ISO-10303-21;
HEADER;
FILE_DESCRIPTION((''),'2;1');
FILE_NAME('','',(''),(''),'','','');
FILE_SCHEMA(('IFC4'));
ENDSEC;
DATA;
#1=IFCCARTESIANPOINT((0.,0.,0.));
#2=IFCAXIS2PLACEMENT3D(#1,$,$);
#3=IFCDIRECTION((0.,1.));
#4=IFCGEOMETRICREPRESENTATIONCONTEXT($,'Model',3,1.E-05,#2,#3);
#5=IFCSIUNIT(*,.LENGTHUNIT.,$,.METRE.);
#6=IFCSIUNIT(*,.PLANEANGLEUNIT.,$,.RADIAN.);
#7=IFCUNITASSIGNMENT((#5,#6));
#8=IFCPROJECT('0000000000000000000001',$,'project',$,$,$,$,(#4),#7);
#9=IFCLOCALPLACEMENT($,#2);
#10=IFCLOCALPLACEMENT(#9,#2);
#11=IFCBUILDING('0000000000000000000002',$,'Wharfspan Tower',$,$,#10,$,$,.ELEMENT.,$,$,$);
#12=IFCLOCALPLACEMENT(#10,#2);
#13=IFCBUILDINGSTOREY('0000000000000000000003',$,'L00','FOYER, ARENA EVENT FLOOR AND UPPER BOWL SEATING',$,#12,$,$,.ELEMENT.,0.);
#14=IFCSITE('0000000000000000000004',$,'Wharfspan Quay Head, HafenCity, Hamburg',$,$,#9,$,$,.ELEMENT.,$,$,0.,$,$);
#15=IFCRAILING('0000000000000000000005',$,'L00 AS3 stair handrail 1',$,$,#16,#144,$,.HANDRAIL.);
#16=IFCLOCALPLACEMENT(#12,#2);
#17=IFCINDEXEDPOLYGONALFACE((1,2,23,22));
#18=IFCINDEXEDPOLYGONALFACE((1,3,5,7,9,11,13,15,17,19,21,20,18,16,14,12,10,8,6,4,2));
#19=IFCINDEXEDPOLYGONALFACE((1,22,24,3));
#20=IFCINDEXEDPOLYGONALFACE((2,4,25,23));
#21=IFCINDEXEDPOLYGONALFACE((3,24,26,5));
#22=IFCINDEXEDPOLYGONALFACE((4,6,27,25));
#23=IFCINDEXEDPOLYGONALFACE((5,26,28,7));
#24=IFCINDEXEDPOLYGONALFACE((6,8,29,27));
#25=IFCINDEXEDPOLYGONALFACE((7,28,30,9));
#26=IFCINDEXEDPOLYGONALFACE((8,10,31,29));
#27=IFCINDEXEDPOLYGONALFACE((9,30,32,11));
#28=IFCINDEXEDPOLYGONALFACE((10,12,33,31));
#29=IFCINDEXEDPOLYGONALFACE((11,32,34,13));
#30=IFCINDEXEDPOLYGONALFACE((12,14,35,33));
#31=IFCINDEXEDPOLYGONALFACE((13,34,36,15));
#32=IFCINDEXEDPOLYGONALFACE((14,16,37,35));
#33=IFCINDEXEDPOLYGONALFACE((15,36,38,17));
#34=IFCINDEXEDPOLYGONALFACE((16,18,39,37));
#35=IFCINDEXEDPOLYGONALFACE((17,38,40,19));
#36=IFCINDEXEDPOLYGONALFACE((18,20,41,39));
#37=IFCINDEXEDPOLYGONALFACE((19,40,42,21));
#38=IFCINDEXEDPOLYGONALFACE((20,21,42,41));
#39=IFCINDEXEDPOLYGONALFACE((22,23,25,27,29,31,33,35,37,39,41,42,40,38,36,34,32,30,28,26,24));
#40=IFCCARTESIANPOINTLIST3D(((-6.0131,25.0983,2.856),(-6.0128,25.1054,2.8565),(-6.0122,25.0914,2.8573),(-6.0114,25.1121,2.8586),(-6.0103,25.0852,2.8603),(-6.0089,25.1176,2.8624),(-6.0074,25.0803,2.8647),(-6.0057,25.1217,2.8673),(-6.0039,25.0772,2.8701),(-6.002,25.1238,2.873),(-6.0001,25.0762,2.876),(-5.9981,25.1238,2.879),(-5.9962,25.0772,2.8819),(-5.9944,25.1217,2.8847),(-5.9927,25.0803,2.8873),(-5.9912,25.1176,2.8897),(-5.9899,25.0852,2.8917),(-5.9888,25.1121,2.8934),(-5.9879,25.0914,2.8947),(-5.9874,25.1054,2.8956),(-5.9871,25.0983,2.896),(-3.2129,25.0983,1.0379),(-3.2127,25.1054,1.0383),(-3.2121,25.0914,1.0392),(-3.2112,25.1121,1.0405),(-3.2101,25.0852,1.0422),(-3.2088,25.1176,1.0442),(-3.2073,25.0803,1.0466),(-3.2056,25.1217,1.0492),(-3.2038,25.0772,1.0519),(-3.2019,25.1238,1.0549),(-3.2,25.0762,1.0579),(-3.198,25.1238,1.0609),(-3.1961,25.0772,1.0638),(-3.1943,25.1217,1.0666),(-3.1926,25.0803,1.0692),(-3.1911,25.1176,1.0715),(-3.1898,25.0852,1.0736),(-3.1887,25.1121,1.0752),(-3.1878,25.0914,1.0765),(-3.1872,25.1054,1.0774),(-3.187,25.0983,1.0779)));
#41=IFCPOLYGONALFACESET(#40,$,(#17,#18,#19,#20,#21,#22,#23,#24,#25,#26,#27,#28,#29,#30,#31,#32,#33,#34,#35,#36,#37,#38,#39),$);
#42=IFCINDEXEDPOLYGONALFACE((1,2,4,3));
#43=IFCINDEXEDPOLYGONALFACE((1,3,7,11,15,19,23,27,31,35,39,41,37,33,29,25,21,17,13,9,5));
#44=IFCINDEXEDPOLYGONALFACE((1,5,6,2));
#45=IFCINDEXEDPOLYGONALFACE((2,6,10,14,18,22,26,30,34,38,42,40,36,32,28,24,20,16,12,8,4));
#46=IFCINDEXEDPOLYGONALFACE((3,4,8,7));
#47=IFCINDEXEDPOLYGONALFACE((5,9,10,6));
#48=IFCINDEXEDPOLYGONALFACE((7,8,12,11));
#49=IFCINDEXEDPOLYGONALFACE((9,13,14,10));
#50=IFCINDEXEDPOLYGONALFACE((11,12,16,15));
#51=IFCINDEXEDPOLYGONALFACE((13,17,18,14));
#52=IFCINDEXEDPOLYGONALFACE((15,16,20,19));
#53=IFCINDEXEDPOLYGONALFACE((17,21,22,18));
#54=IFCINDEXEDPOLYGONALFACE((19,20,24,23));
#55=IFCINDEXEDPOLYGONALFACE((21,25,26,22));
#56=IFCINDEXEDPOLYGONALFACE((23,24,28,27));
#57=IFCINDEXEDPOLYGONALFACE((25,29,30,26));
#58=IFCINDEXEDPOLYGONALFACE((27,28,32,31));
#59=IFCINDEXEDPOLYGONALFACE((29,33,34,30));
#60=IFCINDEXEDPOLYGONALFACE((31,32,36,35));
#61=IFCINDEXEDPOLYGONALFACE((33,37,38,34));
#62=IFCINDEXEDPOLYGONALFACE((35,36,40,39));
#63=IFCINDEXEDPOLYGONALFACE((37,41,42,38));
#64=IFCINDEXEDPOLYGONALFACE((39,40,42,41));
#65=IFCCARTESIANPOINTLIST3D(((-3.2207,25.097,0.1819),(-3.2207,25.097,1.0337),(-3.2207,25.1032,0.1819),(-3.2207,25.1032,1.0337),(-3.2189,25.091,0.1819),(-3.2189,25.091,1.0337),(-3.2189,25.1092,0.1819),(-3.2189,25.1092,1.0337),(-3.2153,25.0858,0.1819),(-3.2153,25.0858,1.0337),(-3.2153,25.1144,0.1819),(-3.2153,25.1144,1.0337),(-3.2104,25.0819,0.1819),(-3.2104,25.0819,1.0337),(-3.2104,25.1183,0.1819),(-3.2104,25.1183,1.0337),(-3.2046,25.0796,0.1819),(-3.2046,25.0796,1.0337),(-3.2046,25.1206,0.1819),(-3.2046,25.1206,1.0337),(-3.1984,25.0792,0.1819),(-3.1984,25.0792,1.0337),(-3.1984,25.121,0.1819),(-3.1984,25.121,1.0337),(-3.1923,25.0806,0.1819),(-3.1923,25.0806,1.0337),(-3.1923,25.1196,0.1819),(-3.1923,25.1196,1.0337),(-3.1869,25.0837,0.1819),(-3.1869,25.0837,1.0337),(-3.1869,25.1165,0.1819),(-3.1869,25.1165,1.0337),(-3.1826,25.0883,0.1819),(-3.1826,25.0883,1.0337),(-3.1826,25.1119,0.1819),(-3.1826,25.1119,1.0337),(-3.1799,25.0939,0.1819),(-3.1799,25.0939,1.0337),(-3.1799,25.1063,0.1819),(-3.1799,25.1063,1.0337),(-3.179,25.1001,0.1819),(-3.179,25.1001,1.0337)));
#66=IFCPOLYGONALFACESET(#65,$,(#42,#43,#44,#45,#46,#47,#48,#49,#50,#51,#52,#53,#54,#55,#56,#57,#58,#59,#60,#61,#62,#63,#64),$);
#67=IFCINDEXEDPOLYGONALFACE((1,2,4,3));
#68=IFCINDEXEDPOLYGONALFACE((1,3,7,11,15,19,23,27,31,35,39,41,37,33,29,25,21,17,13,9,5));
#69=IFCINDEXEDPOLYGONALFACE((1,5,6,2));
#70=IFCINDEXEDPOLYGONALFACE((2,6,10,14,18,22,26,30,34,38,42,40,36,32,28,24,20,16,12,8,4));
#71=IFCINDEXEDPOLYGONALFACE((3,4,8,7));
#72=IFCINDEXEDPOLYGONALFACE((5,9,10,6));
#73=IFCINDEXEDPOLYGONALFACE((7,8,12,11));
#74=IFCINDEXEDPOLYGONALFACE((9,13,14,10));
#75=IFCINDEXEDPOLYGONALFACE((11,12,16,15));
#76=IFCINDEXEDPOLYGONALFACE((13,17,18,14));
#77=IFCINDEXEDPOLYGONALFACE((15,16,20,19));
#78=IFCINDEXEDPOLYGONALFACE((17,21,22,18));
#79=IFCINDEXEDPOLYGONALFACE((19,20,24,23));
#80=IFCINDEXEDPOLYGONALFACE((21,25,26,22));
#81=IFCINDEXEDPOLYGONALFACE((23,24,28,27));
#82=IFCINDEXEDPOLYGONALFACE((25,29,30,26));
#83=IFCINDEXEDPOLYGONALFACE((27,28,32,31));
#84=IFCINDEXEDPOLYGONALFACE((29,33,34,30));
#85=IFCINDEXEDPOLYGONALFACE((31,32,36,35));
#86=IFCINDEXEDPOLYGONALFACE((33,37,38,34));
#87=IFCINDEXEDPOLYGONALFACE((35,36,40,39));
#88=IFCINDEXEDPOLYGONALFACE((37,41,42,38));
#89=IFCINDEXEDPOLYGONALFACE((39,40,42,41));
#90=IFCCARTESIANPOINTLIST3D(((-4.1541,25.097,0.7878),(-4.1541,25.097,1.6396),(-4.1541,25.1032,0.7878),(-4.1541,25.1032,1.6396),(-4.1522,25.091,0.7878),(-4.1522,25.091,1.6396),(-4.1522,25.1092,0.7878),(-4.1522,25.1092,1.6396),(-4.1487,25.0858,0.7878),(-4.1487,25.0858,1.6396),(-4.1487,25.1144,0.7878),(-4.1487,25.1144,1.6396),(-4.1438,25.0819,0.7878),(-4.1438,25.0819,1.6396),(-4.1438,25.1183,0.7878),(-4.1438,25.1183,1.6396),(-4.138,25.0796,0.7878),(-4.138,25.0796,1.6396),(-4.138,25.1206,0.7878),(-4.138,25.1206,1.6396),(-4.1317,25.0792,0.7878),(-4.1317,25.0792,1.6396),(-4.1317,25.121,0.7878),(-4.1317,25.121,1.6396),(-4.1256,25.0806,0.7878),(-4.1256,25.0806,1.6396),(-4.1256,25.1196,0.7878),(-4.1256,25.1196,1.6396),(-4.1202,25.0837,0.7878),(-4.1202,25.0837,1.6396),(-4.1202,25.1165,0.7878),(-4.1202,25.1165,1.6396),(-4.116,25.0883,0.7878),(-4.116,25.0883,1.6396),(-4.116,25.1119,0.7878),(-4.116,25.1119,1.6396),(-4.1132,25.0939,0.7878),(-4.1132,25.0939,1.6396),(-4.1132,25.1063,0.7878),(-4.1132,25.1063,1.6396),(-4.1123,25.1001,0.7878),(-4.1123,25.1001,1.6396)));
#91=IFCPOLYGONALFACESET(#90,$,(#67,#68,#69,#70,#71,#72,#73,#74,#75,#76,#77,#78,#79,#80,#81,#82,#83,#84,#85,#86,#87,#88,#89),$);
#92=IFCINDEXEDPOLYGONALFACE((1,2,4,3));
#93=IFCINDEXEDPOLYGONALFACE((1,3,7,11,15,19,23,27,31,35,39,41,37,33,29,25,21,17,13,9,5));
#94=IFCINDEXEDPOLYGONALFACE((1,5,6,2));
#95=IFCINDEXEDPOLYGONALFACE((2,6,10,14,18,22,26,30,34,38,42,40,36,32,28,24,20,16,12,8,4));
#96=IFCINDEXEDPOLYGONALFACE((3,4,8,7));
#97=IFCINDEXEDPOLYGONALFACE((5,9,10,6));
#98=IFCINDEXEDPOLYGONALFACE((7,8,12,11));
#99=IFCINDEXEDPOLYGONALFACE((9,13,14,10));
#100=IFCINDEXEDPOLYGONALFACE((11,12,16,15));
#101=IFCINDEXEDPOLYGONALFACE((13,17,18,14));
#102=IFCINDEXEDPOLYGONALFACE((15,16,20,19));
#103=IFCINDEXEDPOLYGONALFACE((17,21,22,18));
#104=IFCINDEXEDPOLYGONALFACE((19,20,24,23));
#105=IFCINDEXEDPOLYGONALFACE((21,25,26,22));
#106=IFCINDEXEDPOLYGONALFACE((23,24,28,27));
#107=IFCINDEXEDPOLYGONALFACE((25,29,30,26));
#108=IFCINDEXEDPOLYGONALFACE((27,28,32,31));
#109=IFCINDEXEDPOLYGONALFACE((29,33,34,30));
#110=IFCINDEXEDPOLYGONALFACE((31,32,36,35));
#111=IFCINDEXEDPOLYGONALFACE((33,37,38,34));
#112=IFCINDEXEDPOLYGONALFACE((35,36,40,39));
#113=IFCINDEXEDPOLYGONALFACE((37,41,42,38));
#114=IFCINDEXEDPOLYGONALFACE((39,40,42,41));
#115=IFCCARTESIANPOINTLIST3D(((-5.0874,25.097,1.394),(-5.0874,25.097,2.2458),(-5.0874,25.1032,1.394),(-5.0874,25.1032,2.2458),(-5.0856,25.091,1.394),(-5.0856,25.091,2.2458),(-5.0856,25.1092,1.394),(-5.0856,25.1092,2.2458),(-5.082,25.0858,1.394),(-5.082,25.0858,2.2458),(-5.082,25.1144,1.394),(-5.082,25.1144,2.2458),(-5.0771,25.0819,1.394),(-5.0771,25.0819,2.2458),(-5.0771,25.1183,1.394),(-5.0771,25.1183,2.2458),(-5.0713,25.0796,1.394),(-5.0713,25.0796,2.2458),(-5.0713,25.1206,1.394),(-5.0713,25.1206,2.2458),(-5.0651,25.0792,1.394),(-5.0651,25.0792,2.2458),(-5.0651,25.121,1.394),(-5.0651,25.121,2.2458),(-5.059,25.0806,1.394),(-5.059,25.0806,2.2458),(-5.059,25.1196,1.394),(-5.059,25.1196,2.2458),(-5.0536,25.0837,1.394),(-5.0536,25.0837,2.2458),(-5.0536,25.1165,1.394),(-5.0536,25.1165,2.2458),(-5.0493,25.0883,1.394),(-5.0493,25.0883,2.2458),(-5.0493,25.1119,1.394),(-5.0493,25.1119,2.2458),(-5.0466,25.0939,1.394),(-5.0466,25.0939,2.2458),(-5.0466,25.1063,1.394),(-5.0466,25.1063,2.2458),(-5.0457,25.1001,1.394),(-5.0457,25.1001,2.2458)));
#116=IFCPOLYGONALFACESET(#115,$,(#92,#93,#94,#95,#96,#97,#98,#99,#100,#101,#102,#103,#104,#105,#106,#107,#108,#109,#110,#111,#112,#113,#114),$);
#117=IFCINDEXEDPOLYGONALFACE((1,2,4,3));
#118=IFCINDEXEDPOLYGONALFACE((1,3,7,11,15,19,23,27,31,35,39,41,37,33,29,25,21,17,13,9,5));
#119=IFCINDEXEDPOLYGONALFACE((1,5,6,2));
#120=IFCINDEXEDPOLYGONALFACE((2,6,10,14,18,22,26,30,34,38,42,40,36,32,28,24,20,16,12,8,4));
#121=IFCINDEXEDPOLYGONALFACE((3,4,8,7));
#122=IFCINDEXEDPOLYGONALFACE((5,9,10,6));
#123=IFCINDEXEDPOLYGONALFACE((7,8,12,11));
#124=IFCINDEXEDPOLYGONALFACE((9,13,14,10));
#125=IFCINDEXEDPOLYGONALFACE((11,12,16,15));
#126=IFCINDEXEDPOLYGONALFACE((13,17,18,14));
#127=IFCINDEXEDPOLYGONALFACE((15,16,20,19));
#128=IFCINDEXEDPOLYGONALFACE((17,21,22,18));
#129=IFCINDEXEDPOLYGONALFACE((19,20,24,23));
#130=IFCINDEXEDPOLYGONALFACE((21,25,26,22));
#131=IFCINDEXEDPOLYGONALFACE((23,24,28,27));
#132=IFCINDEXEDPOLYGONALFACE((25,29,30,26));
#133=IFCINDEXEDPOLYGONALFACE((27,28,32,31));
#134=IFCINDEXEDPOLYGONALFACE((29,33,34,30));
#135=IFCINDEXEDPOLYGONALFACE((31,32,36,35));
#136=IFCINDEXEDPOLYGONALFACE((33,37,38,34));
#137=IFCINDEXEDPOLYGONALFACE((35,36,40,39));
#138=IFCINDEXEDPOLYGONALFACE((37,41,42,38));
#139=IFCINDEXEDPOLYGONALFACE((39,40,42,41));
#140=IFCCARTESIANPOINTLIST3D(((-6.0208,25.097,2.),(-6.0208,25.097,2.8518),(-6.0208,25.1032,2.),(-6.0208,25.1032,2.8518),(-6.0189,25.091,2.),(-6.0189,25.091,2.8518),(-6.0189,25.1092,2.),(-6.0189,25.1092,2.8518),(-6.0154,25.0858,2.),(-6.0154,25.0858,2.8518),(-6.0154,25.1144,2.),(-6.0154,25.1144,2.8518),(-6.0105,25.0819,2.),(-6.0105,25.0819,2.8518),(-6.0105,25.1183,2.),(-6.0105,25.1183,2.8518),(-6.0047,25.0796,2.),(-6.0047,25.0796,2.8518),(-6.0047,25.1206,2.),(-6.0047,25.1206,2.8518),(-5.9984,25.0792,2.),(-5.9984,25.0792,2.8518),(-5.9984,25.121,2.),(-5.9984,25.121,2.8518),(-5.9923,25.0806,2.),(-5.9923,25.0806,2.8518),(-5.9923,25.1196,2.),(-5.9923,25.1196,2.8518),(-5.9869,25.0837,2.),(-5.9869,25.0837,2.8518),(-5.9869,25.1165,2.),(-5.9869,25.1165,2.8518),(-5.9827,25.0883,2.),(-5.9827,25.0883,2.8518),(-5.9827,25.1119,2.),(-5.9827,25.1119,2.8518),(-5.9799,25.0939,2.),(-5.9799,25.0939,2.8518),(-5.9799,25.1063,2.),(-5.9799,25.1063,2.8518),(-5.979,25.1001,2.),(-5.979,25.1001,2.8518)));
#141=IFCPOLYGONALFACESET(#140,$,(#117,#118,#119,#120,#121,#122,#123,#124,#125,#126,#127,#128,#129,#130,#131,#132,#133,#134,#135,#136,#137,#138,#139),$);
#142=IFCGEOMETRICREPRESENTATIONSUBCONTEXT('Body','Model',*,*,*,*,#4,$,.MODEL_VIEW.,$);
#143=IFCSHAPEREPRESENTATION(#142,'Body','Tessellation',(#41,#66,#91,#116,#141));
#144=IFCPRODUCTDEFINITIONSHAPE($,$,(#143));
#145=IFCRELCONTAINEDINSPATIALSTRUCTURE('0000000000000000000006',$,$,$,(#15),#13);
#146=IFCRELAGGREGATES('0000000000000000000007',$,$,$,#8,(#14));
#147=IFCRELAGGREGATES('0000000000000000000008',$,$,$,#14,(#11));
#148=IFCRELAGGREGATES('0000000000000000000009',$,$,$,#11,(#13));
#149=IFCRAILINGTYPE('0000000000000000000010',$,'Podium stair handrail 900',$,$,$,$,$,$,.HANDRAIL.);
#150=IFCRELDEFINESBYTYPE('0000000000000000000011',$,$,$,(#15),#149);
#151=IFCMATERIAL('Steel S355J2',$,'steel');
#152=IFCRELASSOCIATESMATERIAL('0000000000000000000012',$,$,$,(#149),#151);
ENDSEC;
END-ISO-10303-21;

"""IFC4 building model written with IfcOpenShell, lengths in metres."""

from ifc_helpers import new_model, si_unit, direction, frame, origin, origin_2d, place, context, subcontext, project, spatial, circle, extrude, material, type_object, element, save


model = new_model("IFC4")

# Units and contexts
model_context = context("Model", 3, precision=1e-05, world=origin(), true_north=direction((0.0, 1.0)))
body_context = subcontext(model_context, "Body", "Model", "MODEL_VIEW")
ifc_project = project(units=[si_unit("LENGTHUNIT", "METRE"), si_unit("PLANEANGLEUNIT", "RADIAN")], contexts=[model_context])

# Site, building, storey
site_placement = place(None, origin())
site = spatial("IfcSite", under=ifc_project, at=site_placement, Name="Wharfspan Quay Head, HafenCity, Hamburg", CompositionType="ELEMENT", RefElevation=0.0)
building_placement = place(site_placement, origin())
building = spatial("IfcBuilding", under=site, at=building_placement, Name="Wharfspan Tower", CompositionType="ELEMENT")
storey_placement = place(building_placement, origin())
storey = spatial("IfcBuildingStorey", under=building, at=storey_placement, Name="L00", Description="FOYER, ARENA EVENT FLOOR AND UPPER BOWL SEATING", CompositionType="ELEMENT", Elevation=0.0)

# Railing
ifc_material_1 = material(Name="Steel S355J2", Category="steel")
railing_type_1 = type_object("IfcRailingType", Name="Podium stair handrail 900", PredefinedType="HANDRAIL", material=ifc_material_1)
for number, where, name in (
    (1, (-3.2, 25.1001, 0.1819), "L00 AS3 stair handrail 1"),
):
    element("IfcRailing", number, at=place(storey_placement, frame(where)), inside=storey, type_object=railing_type_1, Name=name, PredefinedType="HANDRAIL", context=body_context, shape_type="SweptSolid", body=[
        extrude(circle(Radius=0.0239, at=origin_2d()), frame((0.0, 0.0, 0.876), z_axis=(-0.838706, 0.0, 0.544585), x_axis=(0.0, -1.0, 0.0)), (0.0, 0.0, 1.0), 3.3386),
        extrude(circle(Radius=0.021, at=origin_2d()), origin(), (0.0, 0.0, 1.0), 0.8518),
        extrude(circle(Radius=0.021, at=origin_2d()), frame((-0.9334, 0.0, 0.606)), (0.0, 0.0, 1.0), 0.8518),
        extrude(circle(Radius=0.021, at=origin_2d()), frame((-1.8667, 0.0, 1.2122)), (0.0, 0.0, 1.0), 0.8518),
        extrude(circle(Radius=0.021, at=origin_2d()), frame((-2.8, 0.0, 1.8181)), (0.0, 0.0, 1.0), 0.8518),
    ])

save(model, "model.ifc")
